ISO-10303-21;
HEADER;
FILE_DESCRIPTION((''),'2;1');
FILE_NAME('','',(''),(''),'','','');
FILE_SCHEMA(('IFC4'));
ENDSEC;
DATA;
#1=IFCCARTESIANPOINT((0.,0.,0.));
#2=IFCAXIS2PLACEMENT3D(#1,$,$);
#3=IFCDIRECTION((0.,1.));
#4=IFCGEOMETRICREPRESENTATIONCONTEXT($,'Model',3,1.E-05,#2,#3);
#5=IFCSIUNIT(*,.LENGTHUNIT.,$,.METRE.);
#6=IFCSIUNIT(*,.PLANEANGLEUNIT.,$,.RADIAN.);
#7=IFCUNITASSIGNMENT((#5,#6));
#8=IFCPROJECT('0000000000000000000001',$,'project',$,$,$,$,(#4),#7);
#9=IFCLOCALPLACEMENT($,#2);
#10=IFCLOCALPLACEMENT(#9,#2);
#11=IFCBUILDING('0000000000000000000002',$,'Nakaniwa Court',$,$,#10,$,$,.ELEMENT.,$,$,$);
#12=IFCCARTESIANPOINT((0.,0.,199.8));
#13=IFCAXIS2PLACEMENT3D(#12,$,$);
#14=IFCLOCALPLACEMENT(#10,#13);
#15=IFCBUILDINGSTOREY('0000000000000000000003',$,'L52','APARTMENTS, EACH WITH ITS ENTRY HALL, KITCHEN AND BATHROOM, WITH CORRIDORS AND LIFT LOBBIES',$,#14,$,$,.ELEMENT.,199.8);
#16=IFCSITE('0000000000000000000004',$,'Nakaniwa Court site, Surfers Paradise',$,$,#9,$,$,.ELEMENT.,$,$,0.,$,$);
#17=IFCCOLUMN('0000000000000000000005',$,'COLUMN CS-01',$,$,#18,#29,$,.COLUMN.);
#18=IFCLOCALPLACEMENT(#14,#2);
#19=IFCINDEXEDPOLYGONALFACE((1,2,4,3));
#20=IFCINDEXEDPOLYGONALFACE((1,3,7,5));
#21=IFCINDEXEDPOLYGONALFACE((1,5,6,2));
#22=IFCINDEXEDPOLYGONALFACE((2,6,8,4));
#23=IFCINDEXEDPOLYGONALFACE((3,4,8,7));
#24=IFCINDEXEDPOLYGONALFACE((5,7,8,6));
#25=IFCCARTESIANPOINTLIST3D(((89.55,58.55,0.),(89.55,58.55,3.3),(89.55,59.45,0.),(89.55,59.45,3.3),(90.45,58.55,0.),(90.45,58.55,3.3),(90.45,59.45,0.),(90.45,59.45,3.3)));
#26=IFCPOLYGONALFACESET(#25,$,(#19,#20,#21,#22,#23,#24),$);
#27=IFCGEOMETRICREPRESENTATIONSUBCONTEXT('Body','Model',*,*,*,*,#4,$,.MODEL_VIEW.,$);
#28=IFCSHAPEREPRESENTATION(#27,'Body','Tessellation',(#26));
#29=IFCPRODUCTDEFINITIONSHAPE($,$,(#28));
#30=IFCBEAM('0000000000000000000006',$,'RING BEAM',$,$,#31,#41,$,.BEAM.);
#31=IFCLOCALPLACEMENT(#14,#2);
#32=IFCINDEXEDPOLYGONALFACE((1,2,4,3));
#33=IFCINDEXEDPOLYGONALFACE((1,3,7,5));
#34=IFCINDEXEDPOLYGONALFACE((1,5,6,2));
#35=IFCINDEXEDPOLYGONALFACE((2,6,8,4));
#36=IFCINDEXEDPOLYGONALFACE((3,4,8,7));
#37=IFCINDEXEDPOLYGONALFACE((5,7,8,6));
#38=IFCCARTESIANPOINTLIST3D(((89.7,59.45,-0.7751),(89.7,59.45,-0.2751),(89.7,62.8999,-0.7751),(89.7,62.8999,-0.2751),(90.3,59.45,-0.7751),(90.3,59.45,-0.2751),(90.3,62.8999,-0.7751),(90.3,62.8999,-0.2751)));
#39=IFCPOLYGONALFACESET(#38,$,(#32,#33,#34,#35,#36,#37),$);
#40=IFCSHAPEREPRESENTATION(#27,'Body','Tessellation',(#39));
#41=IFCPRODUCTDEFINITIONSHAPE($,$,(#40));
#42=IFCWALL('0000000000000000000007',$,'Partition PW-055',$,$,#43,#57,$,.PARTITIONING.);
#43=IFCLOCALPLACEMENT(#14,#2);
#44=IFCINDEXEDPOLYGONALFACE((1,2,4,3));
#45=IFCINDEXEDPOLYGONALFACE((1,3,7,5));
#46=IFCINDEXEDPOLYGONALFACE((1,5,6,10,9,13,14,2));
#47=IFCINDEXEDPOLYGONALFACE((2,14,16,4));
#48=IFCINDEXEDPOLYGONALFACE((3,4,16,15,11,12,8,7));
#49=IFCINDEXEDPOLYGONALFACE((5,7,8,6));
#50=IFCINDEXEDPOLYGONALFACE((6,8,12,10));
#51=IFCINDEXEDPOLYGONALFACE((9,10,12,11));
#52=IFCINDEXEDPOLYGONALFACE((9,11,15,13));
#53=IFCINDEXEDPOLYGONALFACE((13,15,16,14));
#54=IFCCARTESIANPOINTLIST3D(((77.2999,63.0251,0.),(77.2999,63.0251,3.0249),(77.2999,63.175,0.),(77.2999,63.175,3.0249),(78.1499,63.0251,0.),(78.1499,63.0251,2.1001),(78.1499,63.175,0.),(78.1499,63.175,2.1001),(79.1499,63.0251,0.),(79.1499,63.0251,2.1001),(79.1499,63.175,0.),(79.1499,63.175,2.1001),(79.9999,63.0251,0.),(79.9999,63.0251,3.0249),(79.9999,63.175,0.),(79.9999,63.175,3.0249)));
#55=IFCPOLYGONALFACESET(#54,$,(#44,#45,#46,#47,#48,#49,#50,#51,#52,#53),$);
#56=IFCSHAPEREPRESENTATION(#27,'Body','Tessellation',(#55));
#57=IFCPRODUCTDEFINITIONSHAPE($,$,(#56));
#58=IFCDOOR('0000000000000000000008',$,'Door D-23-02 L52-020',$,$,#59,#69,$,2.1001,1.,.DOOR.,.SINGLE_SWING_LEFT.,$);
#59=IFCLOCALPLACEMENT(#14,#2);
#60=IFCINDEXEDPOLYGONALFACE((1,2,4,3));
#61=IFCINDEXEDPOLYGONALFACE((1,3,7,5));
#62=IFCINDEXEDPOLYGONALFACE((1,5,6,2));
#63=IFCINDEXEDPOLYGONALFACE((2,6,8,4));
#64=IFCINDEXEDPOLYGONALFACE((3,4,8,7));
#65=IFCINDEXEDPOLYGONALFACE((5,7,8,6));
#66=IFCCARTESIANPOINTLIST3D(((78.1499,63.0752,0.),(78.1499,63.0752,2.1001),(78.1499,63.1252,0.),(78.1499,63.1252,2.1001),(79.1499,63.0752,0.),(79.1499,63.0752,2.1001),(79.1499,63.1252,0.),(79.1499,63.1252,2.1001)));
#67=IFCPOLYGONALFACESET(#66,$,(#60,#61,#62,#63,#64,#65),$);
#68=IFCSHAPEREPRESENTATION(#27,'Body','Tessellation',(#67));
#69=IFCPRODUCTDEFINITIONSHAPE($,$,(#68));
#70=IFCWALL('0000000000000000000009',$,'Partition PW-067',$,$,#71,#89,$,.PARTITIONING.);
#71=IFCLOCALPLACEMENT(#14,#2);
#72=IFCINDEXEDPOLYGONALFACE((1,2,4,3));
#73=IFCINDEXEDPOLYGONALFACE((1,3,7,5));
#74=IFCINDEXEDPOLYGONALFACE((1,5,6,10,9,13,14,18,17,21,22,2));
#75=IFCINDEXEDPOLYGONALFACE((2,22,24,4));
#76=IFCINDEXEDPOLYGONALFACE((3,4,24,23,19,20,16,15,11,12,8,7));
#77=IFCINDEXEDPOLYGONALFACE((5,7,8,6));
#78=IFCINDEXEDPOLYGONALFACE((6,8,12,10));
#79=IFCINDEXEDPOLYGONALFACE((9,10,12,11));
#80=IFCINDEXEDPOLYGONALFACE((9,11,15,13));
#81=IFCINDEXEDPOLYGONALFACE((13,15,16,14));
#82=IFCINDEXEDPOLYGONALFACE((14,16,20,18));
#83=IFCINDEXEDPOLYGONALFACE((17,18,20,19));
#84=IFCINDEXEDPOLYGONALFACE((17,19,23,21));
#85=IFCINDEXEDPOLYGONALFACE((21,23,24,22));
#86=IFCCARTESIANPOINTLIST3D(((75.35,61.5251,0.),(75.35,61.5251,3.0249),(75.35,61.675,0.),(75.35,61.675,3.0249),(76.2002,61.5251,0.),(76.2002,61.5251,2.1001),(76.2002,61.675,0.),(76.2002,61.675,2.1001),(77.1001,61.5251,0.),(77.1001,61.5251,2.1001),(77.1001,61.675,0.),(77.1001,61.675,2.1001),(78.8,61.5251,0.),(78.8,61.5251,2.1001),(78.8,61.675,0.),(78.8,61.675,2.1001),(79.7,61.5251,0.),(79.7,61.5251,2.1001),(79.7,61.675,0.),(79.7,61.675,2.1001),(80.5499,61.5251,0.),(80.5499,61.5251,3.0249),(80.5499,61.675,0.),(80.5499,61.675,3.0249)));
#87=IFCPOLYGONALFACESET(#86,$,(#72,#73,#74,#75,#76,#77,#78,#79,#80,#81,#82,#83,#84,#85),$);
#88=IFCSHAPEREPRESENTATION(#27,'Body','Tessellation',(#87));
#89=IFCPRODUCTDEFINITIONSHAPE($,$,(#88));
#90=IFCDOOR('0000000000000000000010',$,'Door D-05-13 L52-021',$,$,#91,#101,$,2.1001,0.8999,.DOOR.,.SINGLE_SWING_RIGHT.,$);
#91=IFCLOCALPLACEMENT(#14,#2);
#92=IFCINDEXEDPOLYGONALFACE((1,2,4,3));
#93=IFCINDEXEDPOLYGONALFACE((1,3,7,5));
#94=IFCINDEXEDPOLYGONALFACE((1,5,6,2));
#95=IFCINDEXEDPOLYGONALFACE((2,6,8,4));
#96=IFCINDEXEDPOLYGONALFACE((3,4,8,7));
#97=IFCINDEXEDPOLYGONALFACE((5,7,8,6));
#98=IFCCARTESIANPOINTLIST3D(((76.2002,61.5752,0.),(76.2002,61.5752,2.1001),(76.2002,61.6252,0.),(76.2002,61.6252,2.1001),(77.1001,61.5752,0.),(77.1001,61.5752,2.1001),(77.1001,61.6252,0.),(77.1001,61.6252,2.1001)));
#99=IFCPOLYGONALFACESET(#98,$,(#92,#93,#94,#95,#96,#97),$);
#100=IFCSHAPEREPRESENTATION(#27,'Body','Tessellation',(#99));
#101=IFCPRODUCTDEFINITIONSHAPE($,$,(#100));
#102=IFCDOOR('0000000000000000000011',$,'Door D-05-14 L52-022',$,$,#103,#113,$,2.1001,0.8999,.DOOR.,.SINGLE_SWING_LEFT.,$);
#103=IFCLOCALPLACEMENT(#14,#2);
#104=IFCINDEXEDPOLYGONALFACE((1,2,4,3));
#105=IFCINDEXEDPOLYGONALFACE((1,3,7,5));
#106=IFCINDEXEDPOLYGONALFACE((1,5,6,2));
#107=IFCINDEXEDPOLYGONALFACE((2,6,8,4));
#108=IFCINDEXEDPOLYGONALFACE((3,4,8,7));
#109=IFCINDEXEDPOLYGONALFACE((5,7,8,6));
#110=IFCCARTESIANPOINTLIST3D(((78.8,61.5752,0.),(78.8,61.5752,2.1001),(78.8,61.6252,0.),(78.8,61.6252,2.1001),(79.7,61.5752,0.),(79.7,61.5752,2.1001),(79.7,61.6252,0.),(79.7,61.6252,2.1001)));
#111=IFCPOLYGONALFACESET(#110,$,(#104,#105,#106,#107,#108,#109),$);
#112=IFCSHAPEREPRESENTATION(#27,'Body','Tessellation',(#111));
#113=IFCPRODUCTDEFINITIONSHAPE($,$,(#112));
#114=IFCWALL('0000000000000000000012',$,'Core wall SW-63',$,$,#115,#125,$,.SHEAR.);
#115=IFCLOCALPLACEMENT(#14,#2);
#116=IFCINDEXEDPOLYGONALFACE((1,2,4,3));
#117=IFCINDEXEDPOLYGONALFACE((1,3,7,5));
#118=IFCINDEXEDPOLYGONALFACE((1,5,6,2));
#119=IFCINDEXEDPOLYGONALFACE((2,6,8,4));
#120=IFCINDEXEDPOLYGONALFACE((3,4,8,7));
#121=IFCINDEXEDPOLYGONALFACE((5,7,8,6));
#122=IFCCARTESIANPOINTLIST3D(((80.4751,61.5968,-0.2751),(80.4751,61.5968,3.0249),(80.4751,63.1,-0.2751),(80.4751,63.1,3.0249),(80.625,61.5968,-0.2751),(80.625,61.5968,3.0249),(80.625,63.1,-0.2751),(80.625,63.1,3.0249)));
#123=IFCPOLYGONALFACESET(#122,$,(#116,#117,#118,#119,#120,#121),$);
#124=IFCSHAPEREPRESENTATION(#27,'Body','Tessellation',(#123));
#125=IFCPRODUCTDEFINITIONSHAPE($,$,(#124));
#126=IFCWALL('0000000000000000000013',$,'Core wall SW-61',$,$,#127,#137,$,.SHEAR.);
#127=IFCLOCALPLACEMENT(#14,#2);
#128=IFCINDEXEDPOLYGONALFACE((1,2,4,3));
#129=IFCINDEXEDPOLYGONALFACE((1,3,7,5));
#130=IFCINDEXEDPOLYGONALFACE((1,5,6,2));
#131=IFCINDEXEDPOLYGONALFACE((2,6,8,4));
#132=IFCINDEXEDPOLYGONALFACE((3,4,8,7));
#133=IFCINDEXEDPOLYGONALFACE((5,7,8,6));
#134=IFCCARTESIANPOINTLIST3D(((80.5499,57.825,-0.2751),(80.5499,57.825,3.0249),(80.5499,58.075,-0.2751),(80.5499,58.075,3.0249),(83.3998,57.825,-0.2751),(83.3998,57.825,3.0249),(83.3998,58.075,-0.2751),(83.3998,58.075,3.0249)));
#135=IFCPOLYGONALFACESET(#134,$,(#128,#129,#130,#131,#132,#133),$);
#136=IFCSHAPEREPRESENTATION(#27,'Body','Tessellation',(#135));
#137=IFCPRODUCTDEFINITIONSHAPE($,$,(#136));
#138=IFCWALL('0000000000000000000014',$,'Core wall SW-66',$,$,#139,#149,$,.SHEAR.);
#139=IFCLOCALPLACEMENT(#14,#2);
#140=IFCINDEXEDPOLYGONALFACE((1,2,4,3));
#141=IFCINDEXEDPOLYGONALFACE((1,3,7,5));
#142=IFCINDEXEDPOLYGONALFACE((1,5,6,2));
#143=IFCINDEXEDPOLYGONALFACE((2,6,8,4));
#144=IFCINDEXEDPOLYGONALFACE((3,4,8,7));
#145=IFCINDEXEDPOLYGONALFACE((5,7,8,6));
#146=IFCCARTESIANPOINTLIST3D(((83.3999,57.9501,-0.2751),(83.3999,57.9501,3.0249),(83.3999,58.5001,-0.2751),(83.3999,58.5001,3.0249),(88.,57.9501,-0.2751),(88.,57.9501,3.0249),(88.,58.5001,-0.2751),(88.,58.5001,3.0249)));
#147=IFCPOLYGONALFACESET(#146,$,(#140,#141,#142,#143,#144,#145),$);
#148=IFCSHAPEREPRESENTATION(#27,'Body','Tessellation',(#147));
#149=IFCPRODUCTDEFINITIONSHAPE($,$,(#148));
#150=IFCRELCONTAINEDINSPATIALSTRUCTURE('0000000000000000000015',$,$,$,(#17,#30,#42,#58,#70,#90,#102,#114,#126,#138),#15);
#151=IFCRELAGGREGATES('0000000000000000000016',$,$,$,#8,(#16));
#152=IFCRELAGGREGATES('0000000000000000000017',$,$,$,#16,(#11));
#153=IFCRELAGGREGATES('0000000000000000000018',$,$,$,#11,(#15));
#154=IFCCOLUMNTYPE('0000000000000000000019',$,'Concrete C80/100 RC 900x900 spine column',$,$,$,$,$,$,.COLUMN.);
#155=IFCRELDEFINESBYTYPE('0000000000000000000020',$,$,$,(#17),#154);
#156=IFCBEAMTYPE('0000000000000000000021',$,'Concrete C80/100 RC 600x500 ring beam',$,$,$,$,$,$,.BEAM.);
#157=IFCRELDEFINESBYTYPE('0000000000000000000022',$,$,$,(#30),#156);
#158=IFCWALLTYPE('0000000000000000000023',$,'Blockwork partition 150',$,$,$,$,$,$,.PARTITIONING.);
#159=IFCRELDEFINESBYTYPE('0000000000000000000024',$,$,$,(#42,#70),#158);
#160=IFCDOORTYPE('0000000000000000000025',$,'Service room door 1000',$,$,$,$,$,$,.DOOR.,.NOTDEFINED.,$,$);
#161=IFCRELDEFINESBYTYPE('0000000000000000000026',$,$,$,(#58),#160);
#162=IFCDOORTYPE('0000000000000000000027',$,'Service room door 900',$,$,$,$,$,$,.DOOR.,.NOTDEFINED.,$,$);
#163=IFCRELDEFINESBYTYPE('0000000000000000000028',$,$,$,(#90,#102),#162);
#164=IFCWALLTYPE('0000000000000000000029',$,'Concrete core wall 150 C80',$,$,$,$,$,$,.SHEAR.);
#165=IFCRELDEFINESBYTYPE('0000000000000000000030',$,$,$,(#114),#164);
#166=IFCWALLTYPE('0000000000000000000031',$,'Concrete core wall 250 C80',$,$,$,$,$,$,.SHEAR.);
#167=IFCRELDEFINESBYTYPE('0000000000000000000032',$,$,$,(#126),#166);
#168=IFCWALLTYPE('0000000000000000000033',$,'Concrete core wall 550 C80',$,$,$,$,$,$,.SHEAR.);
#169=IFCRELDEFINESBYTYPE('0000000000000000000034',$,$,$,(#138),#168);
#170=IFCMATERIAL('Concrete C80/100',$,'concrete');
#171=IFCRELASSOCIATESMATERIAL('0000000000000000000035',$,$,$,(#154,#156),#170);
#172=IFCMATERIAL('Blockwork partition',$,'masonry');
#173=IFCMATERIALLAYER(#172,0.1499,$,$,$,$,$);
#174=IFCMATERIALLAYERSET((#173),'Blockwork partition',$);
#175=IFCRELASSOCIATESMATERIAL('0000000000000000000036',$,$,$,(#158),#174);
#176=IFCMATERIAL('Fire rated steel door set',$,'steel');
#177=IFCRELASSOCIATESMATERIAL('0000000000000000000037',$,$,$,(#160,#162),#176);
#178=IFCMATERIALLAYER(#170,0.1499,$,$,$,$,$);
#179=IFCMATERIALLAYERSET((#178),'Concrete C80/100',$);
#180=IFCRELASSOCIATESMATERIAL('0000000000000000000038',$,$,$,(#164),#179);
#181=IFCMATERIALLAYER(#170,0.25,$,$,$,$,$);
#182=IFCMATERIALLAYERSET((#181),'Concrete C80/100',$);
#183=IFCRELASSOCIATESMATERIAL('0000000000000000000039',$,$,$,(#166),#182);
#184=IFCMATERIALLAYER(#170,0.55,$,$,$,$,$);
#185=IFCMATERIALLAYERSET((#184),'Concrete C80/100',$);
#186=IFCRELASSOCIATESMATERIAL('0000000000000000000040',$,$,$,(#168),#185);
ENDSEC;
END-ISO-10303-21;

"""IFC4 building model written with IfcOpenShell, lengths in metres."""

from ifc_helpers import new_model, si_unit, direction, frame, frame_2d, origin, origin_2d, place, context, subcontext, project, spatial, rectangle, extrude, material, layer, layer_set, material_profile, profile_set, type_object, element, fill, save


model = new_model("IFC4")

# Units and contexts
model_context = context("Model", 3, precision=1e-05, world=origin(), true_north=direction((0.0, 1.0)))
body_context = subcontext(model_context, "Body", "Model", "MODEL_VIEW")
ifc_project = project(units=[si_unit("LENGTHUNIT", "METRE"), si_unit("PLANEANGLEUNIT", "RADIAN")], contexts=[model_context])

# Site, building, storey
site_placement = place(None, origin())
site = spatial("IfcSite", under=ifc_project, at=site_placement, Name="Nakaniwa Court site, Surfers Paradise", CompositionType="ELEMENT", RefElevation=0.0)
building_placement = place(site_placement, origin())
building = spatial("IfcBuilding", under=site, at=building_placement, Name="Nakaniwa Court", CompositionType="ELEMENT")
storey_placement = place(building_placement, frame((0.0, 0.0, 199.8)))
storey = spatial("IfcBuildingStorey", under=building, at=storey_placement, Name="L52", Description="APARTMENTS, EACH WITH ITS ENTRY HALL, KITCHEN AND BATHROOM, WITH CORRIDORS AND LIFT LOBBIES", CompositionType="ELEMENT", Elevation=199.8)

# Column
ifc_material_1 = material(Name="Concrete C80/100", Category="concrete")
ifc_material_profile_1 = material_profile(ifc_material_1, rectangle(XDim=0.8999, YDim=0.8999, at=origin_2d()), Name="Concrete C80/100 RC 900x900 spine column")
ifc_profile_set_1 = profile_set([ifc_material_profile_1], Name="Concrete C80/100")
column_type = type_object("IfcColumnType", Name="Concrete C80/100 RC 900x900 spine column", PredefinedType="COLUMN", material=ifc_profile_set_1)
column_placement = place(storey_placement, frame((90.0, 59.0, 0.0), z_axis=(0.0, 0.0, 1.0), x_axis=(0.0, 1.0, 0.0)))
element("IfcColumn", 1, at=column_placement, inside=storey, type_object=column_type, Name="COLUMN CS-01", PredefinedType="COLUMN", context=body_context, shape_type="SweptSolid", body=[
    extrude(rectangle(XDim=0.8999, YDim=0.8999, at=origin_2d()), origin(), (0.0, 0.0, 1.0), 3.3),
])

# Beam
ifc_material_profile_2 = material_profile(ifc_material_1, rectangle(XDim=0.6001, YDim=0.5, at=origin_2d()), Name="Concrete C80/100 RC 600x500 ring beam")
ifc_profile_set_2 = profile_set([ifc_material_profile_2], Name="Concrete C80/100")
beam_type = type_object("IfcBeamType", Name="Concrete C80/100 RC 600x500 ring beam", PredefinedType="BEAM", material=ifc_profile_set_2)
beam_placement = place(storey_placement, frame((90.0, 59.45, -0.5251), z_axis=(0.0, 1.0, 0.0), x_axis=(-1.0, 0.0, 0.0)))
element("IfcBeam", 2, at=beam_placement, inside=storey, type_object=beam_type, Name="RING BEAM", PredefinedType="BEAM", context=body_context, shape_type="SweptSolid", body=[
    extrude(rectangle(XDim=0.6001, YDim=0.5, at=origin_2d()), origin(), (0.0, 0.0, 1.0), 3.45),
])

# Wall, opening, door
ifc_material_2 = material(Name="Blockwork partition", Category="masonry")
ifc_layer_1 = layer(ifc_material_2, 0.1499)
ifc_layer_set_1 = layer_set([ifc_layer_1], Name="Blockwork partition")
wall_type_1 = type_object("IfcWallType", Name="Blockwork partition 150", PredefinedType="PARTITIONING", material=ifc_layer_set_1)
wall_1_placement = place(storey_placement, frame((80.0, 63.1001, 0.0), z_axis=(0.0, 0.0, 1.0), x_axis=(-1.0, 0.0, 0.0)))
wall_1 = element("IfcWall", 3, at=wall_1_placement, inside=storey, type_object=wall_type_1, Name="Partition PW-055", PredefinedType="PARTITIONING", context=body_context, shape_type="SweptSolid", body=[
    extrude(rectangle(XDim=2.7, YDim=0.1499, at=frame_2d((1.3501, 0.0))), origin(), (0.0, 0.0, 1.0), 3.0249),
])
opening_1_placement = place(wall_1_placement, frame((0.8501, 0.0, 0.0)))
opening_1 = element("IfcOpeningElement", 4, at=opening_1_placement, cuts=wall_1, PredefinedType="OPENING", context=body_context, shape_type="SweptSolid", body=[
    extrude(rectangle(XDim=1.0, YDim=2.1001, at=frame_2d((0.5, 1.05))), frame((0.0, 0.085, 0.0), z_axis=(0.0, -1.0, 0.0), x_axis=(1.0, 0.0, 0.0)), (0.0, 0.0, 1.0), 0.1699),
])
ifc_material_3 = material(Name="Fire rated steel door set", Category="steel")
door_type_1 = type_object("IfcDoorType", Name="Service room door 1000", OperationType="NOTDEFINED", PredefinedType="DOOR", material=ifc_material_3)
door_1_placement = place(opening_1_placement, origin())
door_1 = element("IfcDoor", 5, at=door_1_placement, inside=storey, type_object=door_type_1, Name="Door D-23-02 L52-020", OperationType="SINGLE_SWING_LEFT", OverallHeight=2.1001, OverallWidth=1.0, PredefinedType="DOOR", context=body_context, shape_type="SweptSolid", body=[
    extrude(rectangle(XDim=1.0, YDim=2.1001, at=frame_2d((0.5, 1.05))), frame((0.0, 0.0249, 0.0), z_axis=(0.0, -1.0, 0.0), x_axis=(1.0, 0.0, 0.0)), (0.0, 0.0, 1.0), 0.05),
])
fill(opening_1, door_1)

# Wall, openings, doors
wall_2_placement = place(storey_placement, frame((80.55, 61.6001, 0.0), z_axis=(0.0, 0.0, 1.0), x_axis=(-1.0, 0.0, 0.0)))
wall_2 = element("IfcWall", 6, at=wall_2_placement, inside=storey, type_object=wall_type_1, Name="Partition PW-067", PredefinedType="PARTITIONING", context=body_context, shape_type="SweptSolid", body=[
    extrude(rectangle(XDim=5.2, YDim=0.1499, at=frame_2d((2.6001, 0.0))), origin(), (0.0, 0.0, 1.0), 3.0249),
])
opening_2_placement = place(wall_2_placement, frame((3.45, 0.0, 0.0)))
opening_2 = element("IfcOpeningElement", 7, at=opening_2_placement, cuts=wall_2, PredefinedType="OPENING", context=body_context, shape_type="SweptSolid", body=[
    extrude(rectangle(XDim=0.8999, YDim=2.1001, at=frame_2d((0.45, 1.05))), frame((0.0, 0.085, 0.0), z_axis=(0.0, -1.0, 0.0), x_axis=(1.0, 0.0, 0.0)), (0.0, 0.0, 1.0), 0.1699),
])
opening_3_placement = place(wall_2_placement, frame((0.8501, 0.0, 0.0)))
opening_3 = element("IfcOpeningElement", 8, at=opening_3_placement, cuts=wall_2, PredefinedType="OPENING", context=body_context, shape_type="SweptSolid", body=[
    extrude(rectangle(XDim=0.8999, YDim=2.1001, at=frame_2d((0.45, 1.05))), frame((0.0, 0.085, 0.0), z_axis=(0.0, -1.0, 0.0), x_axis=(1.0, 0.0, 0.0)), (0.0, 0.0, 1.0), 0.1699),
])
door_type_2 = type_object("IfcDoorType", Name="Service room door 900", OperationType="NOTDEFINED", PredefinedType="DOOR", material=ifc_material_3)
door_2_placement = place(opening_2_placement, origin())
door_2 = element("IfcDoor", 9, at=door_2_placement, inside=storey, type_object=door_type_2, Name="Door D-05-13 L52-021", OperationType="SINGLE_SWING_RIGHT", OverallHeight=2.1001, OverallWidth=0.8999, PredefinedType="DOOR", context=body_context, shape_type="SweptSolid", body=[
    extrude(rectangle(XDim=0.8999, YDim=2.1001, at=frame_2d((0.45, 1.05))), frame((0.0, 0.0249, 0.0), z_axis=(0.0, -1.0, 0.0), x_axis=(1.0, 0.0, 0.0)), (0.0, 0.0, 1.0), 0.05),
])
fill(opening_2, door_2)
door_3_placement = place(opening_3_placement, origin())
door_3 = element("IfcDoor", 10, at=door_3_placement, inside=storey, type_object=door_type_2, Name="Door D-05-14 L52-022", OperationType="SINGLE_SWING_LEFT", OverallHeight=2.1001, OverallWidth=0.8999, PredefinedType="DOOR", context=body_context, shape_type="SweptSolid", body=[
    extrude(rectangle(XDim=0.8999, YDim=2.1001, at=frame_2d((0.45, 1.05))), frame((0.0, 0.0249, 0.0), z_axis=(0.0, -1.0, 0.0), x_axis=(1.0, 0.0, 0.0)), (0.0, 0.0, 1.0), 0.05),
])
fill(opening_3, door_3)

# Walls
ifc_layer_2 = layer(ifc_material_1, 0.1499)
ifc_layer_set_2 = layer_set([ifc_layer_2], Name="Concrete C80/100")
wall_type_2 = type_object("IfcWallType", Name="Concrete core wall 150 C80", PredefinedType="SHEAR", material=ifc_layer_set_2)
wall_3_placement = place(storey_placement, frame((80.55, 61.5969, -0.2751), z_axis=(0.0, 0.0, 1.0), x_axis=(0.0, 1.0, 0.0)))
element("IfcWall", 11, at=wall_3_placement, inside=storey, type_object=wall_type_2, Name="Core wall SW-63", PredefinedType="SHEAR", context=body_context, shape_type="SweptSolid", body=[
    extrude(rectangle(XDim=1.5032, YDim=0.1499, at=frame_2d((0.7515, 0.0))), origin(), (0.0, 0.0, 1.0), 3.3),
])
ifc_layer_3 = layer(ifc_material_1, 0.25)
ifc_layer_set_3 = layer_set([ifc_layer_3], Name="Concrete C80/100")
wall_type_3 = type_object("IfcWallType", Name="Concrete core wall 250 C80", PredefinedType="SHEAR", material=ifc_layer_set_3)
wall_4_placement = place(storey_placement, frame((80.55, 57.95, -0.2751), z_axis=(0.0, 0.0, 1.0), x_axis=(1.0, 0.0, 0.0)))
element("IfcWall", 12, at=wall_4_placement, inside=storey, type_object=wall_type_3, Name="Core wall SW-61", PredefinedType="SHEAR", context=body_context, shape_type="SweptSolid", body=[
    extrude(rectangle(XDim=2.8499, YDim=0.25, at=frame_2d((1.4248, 0.0))), origin(), (0.0, 0.0, 1.0), 3.3),
])
ifc_layer_4 = layer(ifc_material_1, 0.55)
ifc_layer_set_4 = layer_set([ifc_layer_4], Name="Concrete C80/100")
wall_type_4 = type_object("IfcWallType", Name="Concrete core wall 550 C80", PredefinedType="SHEAR", material=ifc_layer_set_4)
wall_5_placement = place(storey_placement, frame((83.3999, 58.2251, -0.2751), z_axis=(0.0, 0.0, 1.0), x_axis=(1.0, 0.0, 0.0)))
element("IfcWall", 13, at=wall_5_placement, inside=storey, type_object=wall_type_4, Name="Core wall SW-66", PredefinedType="SHEAR", context=body_context, shape_type="SweptSolid", body=[
    extrude(rectangle(XDim=4.6001, YDim=0.55, at=frame_2d((2.3, 0.0))), origin(), (0.0, 0.0, 1.0), 3.3),
])

save(model, "model.ifc")
